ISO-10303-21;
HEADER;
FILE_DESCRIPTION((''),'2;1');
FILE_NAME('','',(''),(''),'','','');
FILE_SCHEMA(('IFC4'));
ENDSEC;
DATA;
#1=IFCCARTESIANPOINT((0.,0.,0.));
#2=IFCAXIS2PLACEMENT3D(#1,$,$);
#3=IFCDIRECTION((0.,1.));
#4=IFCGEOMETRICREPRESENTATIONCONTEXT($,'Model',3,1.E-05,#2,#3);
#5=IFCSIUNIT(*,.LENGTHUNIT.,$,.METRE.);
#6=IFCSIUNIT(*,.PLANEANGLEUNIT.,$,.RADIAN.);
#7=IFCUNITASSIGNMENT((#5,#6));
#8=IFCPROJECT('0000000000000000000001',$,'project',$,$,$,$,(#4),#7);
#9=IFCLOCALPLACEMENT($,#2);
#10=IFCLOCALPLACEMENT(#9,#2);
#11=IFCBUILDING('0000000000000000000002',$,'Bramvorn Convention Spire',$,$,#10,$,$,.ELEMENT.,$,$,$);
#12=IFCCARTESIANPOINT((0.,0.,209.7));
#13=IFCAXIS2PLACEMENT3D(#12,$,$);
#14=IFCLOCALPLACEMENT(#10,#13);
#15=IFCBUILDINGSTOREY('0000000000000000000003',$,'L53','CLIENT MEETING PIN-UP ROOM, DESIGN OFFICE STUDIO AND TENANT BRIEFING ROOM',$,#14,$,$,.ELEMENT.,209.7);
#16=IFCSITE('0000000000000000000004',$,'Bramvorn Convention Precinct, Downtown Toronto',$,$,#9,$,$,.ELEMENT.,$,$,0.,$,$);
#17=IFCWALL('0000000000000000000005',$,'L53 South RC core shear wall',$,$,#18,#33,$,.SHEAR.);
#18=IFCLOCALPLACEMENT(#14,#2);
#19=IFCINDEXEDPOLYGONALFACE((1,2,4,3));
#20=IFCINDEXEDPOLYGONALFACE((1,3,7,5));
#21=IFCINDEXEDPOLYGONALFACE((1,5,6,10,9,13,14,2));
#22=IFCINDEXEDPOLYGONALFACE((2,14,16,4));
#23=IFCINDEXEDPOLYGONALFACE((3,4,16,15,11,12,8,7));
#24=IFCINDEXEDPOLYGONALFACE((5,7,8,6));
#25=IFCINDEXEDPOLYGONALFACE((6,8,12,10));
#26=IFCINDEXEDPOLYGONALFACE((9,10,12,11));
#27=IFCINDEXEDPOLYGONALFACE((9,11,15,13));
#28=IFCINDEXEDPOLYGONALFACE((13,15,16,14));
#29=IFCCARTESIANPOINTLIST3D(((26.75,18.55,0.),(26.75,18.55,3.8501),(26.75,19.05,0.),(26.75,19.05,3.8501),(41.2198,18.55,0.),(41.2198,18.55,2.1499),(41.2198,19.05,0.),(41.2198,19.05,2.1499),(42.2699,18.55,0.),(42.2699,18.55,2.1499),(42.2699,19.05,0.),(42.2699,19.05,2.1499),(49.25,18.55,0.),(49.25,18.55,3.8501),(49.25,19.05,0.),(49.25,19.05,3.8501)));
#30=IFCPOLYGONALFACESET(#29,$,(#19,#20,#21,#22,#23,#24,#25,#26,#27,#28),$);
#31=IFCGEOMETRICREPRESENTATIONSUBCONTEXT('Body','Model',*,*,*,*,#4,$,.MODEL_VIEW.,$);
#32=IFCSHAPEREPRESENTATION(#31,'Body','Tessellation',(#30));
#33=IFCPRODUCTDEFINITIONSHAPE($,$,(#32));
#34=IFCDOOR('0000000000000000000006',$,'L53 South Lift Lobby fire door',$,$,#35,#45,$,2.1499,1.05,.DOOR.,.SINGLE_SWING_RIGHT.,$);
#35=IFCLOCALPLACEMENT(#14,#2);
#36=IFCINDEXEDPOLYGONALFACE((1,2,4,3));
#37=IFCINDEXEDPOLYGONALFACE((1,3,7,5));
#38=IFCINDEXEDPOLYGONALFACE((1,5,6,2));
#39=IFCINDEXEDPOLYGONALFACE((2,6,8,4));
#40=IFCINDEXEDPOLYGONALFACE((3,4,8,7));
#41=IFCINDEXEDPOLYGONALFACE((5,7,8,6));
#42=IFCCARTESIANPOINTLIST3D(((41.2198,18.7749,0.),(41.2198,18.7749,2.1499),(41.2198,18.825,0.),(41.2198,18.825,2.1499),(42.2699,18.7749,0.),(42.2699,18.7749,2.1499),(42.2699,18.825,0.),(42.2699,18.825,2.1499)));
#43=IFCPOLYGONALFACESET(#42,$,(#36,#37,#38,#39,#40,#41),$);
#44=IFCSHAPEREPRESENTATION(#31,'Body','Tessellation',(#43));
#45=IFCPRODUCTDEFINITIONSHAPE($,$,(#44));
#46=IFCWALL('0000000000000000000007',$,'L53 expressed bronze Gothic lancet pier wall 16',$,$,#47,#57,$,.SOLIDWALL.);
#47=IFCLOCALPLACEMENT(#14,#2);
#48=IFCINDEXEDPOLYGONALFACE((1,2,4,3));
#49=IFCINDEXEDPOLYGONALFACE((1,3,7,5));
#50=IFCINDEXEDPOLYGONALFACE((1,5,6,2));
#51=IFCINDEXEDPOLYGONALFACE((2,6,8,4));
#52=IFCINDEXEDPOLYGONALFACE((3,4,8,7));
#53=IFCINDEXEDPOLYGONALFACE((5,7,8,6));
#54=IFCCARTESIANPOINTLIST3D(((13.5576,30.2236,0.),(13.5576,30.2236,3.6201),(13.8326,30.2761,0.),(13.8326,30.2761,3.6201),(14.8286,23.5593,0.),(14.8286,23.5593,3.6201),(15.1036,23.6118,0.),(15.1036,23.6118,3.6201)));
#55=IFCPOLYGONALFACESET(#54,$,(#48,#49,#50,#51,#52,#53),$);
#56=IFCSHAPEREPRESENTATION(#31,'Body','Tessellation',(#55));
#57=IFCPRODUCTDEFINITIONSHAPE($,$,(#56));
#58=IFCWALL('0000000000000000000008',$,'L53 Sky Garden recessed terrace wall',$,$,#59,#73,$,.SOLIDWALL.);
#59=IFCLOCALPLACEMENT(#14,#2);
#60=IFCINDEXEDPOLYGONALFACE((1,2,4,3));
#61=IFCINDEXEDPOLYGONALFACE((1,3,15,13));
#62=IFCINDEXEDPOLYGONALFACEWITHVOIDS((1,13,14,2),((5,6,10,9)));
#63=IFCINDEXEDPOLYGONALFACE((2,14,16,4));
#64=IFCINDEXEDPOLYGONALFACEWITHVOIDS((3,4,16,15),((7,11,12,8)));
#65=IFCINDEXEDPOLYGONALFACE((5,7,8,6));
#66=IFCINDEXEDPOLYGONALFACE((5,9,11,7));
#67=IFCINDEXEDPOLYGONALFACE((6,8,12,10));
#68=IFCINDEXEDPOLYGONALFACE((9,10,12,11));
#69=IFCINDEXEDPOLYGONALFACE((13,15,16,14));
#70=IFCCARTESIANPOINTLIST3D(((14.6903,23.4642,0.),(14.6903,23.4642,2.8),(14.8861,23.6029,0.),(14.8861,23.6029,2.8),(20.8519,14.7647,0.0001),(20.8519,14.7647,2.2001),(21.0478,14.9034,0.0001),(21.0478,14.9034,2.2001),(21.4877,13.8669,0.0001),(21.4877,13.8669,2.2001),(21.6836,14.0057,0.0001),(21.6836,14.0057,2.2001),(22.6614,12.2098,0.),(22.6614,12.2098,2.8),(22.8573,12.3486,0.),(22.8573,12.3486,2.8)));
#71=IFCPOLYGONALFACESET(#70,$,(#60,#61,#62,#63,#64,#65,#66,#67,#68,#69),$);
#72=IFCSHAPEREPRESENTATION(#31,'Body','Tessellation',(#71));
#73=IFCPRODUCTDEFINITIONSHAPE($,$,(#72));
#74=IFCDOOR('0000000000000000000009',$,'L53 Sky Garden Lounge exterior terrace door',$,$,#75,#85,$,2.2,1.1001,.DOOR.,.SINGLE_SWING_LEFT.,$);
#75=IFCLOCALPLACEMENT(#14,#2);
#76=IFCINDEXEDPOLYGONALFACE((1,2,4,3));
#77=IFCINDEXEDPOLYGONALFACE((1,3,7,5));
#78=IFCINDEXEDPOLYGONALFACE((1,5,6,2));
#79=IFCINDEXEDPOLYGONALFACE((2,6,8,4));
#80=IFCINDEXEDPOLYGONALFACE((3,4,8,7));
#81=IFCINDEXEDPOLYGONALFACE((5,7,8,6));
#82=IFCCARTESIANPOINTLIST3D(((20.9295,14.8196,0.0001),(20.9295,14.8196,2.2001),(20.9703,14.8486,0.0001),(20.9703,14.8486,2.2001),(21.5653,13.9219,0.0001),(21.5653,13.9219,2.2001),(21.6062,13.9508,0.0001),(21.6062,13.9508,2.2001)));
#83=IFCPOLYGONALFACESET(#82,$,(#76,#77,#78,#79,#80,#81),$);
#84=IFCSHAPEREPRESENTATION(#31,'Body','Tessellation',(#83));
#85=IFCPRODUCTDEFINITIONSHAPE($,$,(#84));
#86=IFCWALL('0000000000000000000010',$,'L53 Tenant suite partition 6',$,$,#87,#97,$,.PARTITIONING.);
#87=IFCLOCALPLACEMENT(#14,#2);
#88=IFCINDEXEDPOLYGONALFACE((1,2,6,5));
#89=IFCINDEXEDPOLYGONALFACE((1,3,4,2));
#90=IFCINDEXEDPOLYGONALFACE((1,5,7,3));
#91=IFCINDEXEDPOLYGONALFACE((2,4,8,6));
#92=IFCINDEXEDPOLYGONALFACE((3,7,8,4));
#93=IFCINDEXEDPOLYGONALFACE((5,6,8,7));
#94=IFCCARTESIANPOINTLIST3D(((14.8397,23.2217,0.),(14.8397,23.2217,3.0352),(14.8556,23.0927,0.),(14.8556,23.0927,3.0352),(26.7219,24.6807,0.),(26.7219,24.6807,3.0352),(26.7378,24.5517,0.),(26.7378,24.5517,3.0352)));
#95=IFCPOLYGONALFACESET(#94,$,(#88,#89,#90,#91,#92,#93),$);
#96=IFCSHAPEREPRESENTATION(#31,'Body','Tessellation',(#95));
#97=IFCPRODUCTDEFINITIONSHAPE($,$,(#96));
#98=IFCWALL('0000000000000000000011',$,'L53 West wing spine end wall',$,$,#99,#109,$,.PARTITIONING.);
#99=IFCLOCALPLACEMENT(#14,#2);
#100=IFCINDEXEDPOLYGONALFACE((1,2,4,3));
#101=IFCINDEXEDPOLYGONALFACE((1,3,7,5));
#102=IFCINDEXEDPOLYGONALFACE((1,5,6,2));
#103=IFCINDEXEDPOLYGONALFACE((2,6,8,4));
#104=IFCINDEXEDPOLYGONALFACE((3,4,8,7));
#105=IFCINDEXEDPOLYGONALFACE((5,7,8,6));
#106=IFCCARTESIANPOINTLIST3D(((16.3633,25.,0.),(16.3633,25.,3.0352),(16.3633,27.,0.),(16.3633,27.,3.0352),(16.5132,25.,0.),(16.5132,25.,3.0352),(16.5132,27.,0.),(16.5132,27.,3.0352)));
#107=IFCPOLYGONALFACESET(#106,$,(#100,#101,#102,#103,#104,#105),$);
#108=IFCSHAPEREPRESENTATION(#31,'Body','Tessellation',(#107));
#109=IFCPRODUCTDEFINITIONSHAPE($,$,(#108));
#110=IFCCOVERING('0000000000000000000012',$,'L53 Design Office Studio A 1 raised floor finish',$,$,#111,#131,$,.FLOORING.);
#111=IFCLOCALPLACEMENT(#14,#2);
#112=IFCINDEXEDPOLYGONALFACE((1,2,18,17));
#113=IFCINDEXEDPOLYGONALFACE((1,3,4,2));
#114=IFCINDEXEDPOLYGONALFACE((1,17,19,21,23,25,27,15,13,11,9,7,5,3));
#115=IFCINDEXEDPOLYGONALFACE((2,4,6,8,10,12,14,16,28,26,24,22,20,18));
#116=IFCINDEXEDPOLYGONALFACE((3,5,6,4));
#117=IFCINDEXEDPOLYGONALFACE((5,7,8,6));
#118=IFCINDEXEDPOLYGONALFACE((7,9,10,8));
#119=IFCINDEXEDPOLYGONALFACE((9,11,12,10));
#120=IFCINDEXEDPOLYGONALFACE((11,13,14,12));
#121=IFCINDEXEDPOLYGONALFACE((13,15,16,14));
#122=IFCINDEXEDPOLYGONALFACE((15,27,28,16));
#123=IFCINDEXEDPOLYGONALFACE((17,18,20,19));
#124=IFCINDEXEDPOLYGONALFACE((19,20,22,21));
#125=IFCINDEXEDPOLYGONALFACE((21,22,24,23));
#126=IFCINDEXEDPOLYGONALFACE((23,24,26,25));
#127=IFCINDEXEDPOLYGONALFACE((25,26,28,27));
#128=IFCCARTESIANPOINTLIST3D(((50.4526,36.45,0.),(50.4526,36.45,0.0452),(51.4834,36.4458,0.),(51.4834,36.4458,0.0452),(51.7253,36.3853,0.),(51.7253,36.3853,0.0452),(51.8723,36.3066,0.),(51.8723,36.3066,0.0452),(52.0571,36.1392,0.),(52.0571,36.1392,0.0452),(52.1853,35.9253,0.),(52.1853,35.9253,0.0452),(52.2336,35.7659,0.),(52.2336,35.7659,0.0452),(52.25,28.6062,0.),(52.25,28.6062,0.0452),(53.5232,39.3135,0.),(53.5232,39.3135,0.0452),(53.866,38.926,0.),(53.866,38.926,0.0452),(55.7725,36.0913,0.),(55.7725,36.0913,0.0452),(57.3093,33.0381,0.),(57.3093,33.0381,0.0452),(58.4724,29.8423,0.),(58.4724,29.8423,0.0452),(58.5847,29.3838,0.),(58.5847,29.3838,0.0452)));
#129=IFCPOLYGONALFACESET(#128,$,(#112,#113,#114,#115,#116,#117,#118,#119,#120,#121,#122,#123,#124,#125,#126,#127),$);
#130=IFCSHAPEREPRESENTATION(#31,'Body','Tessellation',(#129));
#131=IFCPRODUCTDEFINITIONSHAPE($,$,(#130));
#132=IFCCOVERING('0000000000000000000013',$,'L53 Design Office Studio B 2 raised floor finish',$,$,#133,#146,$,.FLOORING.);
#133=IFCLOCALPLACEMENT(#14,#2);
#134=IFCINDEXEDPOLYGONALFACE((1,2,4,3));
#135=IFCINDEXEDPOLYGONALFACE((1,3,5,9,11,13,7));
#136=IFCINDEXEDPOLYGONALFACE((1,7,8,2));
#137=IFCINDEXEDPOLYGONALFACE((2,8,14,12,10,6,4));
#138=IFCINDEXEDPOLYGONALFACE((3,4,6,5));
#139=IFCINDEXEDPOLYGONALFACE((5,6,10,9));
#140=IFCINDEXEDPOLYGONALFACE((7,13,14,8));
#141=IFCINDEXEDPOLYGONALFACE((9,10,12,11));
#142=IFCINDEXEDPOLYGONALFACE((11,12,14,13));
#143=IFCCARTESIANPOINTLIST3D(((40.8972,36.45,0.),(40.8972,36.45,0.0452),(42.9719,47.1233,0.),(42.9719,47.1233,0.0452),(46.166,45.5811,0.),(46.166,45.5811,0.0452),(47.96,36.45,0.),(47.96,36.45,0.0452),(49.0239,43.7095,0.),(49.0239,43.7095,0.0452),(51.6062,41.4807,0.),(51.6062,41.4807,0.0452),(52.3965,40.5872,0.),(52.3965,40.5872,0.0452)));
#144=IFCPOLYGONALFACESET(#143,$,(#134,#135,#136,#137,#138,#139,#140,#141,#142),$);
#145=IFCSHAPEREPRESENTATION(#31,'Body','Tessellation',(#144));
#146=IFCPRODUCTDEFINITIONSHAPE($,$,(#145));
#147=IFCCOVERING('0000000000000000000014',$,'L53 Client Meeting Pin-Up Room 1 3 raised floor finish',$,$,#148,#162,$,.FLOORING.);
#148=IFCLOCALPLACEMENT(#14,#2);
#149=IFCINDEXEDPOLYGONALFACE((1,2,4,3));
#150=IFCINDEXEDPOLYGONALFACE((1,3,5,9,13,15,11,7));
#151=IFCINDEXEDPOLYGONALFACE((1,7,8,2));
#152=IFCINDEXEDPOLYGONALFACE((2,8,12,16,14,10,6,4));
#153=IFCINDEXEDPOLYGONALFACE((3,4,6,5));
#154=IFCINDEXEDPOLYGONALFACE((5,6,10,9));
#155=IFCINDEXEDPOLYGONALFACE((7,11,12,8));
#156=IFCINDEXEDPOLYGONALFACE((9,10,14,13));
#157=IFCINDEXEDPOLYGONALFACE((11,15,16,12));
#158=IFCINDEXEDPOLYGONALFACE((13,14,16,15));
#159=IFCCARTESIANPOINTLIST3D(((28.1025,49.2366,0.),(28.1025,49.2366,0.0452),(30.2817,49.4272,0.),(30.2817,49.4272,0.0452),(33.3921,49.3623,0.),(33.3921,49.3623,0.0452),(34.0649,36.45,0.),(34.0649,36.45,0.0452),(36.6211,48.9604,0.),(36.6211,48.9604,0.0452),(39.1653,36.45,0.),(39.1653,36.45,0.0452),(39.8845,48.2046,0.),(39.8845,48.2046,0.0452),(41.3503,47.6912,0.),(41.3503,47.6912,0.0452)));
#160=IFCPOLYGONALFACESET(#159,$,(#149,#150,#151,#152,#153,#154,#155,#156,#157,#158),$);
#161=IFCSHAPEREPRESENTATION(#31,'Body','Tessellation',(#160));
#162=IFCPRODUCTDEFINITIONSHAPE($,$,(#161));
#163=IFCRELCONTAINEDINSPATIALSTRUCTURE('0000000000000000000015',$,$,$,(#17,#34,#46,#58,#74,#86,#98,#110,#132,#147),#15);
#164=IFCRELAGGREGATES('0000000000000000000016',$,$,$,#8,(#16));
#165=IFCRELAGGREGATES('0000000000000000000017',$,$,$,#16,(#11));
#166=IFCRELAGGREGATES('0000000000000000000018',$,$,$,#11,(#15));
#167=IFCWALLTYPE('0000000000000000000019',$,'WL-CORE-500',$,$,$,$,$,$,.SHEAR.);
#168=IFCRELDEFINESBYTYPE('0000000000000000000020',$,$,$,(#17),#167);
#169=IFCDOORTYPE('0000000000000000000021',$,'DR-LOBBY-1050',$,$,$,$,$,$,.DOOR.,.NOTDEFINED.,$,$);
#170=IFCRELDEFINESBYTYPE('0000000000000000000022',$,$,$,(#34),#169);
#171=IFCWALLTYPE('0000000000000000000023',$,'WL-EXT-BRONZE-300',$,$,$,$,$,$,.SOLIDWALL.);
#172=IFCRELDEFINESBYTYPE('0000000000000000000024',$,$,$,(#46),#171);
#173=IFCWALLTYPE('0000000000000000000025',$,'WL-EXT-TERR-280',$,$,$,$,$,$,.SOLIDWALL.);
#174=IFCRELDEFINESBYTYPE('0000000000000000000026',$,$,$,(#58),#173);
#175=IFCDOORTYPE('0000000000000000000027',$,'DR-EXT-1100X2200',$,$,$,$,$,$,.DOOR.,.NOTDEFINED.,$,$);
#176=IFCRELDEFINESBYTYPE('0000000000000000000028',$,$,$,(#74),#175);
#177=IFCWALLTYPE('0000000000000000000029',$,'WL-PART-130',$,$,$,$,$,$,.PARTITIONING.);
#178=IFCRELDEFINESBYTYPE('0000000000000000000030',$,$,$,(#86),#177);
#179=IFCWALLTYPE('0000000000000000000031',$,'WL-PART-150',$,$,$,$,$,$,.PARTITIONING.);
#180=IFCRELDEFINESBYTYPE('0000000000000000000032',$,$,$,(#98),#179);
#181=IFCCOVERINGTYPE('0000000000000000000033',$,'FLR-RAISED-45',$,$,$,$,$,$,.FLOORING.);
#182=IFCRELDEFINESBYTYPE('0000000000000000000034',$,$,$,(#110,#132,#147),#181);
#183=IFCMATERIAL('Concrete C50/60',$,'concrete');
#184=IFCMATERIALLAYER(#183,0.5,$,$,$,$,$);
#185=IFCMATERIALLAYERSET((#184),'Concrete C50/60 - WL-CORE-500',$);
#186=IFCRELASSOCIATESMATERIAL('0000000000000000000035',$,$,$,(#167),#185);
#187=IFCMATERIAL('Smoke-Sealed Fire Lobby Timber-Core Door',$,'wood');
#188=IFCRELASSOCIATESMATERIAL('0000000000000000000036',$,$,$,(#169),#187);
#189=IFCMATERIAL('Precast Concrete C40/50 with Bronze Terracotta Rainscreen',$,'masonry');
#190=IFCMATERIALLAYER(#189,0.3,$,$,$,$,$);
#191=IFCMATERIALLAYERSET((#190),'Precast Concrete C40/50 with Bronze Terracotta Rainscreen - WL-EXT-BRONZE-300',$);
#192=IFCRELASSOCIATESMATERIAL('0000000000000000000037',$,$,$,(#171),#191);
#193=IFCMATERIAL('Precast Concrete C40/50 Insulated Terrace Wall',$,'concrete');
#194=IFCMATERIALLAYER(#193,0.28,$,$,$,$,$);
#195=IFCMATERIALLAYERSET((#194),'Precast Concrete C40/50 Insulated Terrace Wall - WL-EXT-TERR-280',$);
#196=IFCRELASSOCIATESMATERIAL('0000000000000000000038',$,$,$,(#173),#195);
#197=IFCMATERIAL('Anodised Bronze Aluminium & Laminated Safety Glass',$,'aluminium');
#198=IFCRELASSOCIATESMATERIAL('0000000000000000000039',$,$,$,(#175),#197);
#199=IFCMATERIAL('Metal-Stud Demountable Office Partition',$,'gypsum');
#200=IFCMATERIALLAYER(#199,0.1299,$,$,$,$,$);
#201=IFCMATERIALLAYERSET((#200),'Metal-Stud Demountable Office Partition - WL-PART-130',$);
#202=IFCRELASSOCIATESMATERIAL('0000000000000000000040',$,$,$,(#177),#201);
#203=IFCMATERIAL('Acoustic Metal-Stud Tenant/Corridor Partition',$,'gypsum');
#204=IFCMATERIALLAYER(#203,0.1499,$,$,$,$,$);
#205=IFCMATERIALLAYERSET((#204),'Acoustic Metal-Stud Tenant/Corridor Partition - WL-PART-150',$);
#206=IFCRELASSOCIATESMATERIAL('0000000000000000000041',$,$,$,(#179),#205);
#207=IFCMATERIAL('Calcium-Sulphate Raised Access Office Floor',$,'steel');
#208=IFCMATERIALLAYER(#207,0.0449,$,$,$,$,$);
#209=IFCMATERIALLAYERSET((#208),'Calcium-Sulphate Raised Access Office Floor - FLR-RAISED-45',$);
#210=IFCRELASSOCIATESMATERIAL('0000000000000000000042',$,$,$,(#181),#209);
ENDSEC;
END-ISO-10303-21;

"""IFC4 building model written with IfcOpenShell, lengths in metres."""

from ifc_helpers import new_model, si_unit, direction, frame, frame_2d, origin, place, context, subcontext, project, spatial, polyline, rectangle, outline, extrude, material, layer, layer_set, type_object, element, fill, save


model = new_model("IFC4")

# Units and contexts
model_context = context("Model", 3, precision=1e-05, world=origin(), true_north=direction((0.0, 1.0)))
body_context = subcontext(model_context, "Body", "Model", "MODEL_VIEW")
ifc_project = project(units=[si_unit("LENGTHUNIT", "METRE"), si_unit("PLANEANGLEUNIT", "RADIAN")], contexts=[model_context])

# Site, building, storey
site_placement = place(None, origin())
site = spatial("IfcSite", under=ifc_project, at=site_placement, Name="Bramvorn Convention Precinct, Downtown Toronto", CompositionType="ELEMENT", RefElevation=0.0)
building_placement = place(site_placement, origin())
building = spatial("IfcBuilding", under=site, at=building_placement, Name="Bramvorn Convention Spire", CompositionType="ELEMENT")
storey_placement = place(building_placement, frame((0.0, 0.0, 209.7)))
storey = spatial("IfcBuildingStorey", under=building, at=storey_placement, Name="L53", Description="CLIENT MEETING PIN-UP ROOM, DESIGN OFFICE STUDIO AND TENANT BRIEFING ROOM", CompositionType="ELEMENT", Elevation=209.7)

# Wall, opening, door
ifc_material_1 = material(Name="Concrete C50/60", Category="concrete")
ifc_layer_1 = layer(ifc_material_1, 0.5)
ifc_layer_set_1 = layer_set([ifc_layer_1], Name="Concrete C50/60 - WL-CORE-500")
wall_type_1 = type_object("IfcWallType", Name="WL-CORE-500", PredefinedType="SHEAR", material=ifc_layer_set_1)
wall_1_placement = place(storey_placement, frame((26.75, 18.8, 0.0), z_axis=(0.0, 0.0, 1.0), x_axis=(1.0, 0.0, 0.0)))
wall_1 = element("IfcWall", 1, at=wall_1_placement, inside=storey, type_object=wall_type_1, Name="L53 South RC core shear wall", PredefinedType="SHEAR", context=body_context, shape_type="SweptSolid", body=[
    extrude(rectangle(XDim=22.5, YDim=0.5, at=frame_2d((11.25, 0.0))), origin(), (0.0, 0.0, 1.0), 3.8501),
])
opening_1_placement = place(wall_1_placement, frame((14.47, 0.0, 0.0)))
opening_1 = element("IfcOpeningElement", 2, at=opening_1_placement, cuts=wall_1, PredefinedType="OPENING", context=body_context, shape_type="SweptSolid", body=[
    extrude(rectangle(XDim=1.05, YDim=2.1499, at=frame_2d((0.5249, 1.075))), frame((0.0, 0.26, 0.0), z_axis=(0.0, -1.0, 0.0), x_axis=(1.0, 0.0, 0.0)), (0.0, 0.0, 1.0), 0.52),
])
ifc_material_2 = material(Name="Smoke-Sealed Fire Lobby Timber-Core Door", Category="wood")
door_type_1 = type_object("IfcDoorType", Name="DR-LOBBY-1050", OperationType="NOTDEFINED", PredefinedType="DOOR", material=ifc_material_2)
door_1_placement = place(opening_1_placement, origin())
door_1 = element("IfcDoor", 3, at=door_1_placement, inside=storey, type_object=door_type_1, Name="L53 South Lift Lobby fire door", OperationType="SINGLE_SWING_RIGHT", OverallHeight=2.1499, OverallWidth=1.05, PredefinedType="DOOR", context=body_context, shape_type="SweptSolid", body=[
    extrude(rectangle(XDim=1.05, YDim=2.1499, at=frame_2d((0.5249, 1.075))), frame((0.0, 0.0249, 0.0), z_axis=(0.0, -1.0, 0.0), x_axis=(1.0, 0.0, 0.0)), (0.0, 0.0, 1.0), 0.05),
])
fill(opening_1, door_1)

# Wall
ifc_material_3 = material(Name="Precast Concrete C40/50 with Bronze Terracotta Rainscreen", Category="masonry")
ifc_layer_2 = layer(ifc_material_3, 0.3)
ifc_layer_set_2 = layer_set([ifc_layer_2], Name="Precast Concrete C40/50 with Bronze Terracotta Rainscreen - WL-EXT-BRONZE-300")
wall_type_2 = type_object("IfcWallType", Name="WL-EXT-BRONZE-300", PredefinedType="SOLIDWALL", material=ifc_layer_set_2)
wall_2_placement = place(storey_placement, frame((14.9661, 23.5857, 0.0), z_axis=(0.0, 0.0, 1.0), x_axis=(-0.18734, 0.982295, 0.0)))
element("IfcWall", 4, at=wall_2_placement, inside=storey, type_object=wall_type_2, Name="L53 expressed bronze Gothic lancet pier wall 16", PredefinedType="SOLIDWALL", context=body_context, shape_type="SweptSolid", body=[
    extrude(rectangle(XDim=6.7844, YDim=0.28, at=frame_2d((3.3921, 0.0))), origin(), (0.0, 0.0, 1.0), 3.6201),
])

# Wall, opening, door
ifc_material_4 = material(Name="Precast Concrete C40/50 Insulated Terrace Wall", Category="concrete")
ifc_layer_3 = layer(ifc_material_4, 0.28)
ifc_layer_set_3 = layer_set([ifc_layer_3], Name="Precast Concrete C40/50 Insulated Terrace Wall - WL-EXT-TERR-280")
wall_type_3 = type_object("IfcWallType", Name="WL-EXT-TERR-280", PredefinedType="SOLIDWALL", material=ifc_layer_set_3)
wall_3_placement = place(storey_placement, frame((22.7593, 12.2793, 0.0), z_axis=(0.0, 0.0, 1.0), x_axis=(-0.577985, 0.816047, 0.0)))
wall_3 = element("IfcWall", 5, at=wall_3_placement, inside=storey, type_object=wall_type_3, Name="L53 Sky Garden recessed terrace wall", PredefinedType="SOLIDWALL", context=body_context, shape_type="SweptSolid", body=[
    extrude(rectangle(XDim=13.7913, YDim=0.24, at=frame_2d((6.8955, 0.0))), origin(), (0.0, 0.0, 1.0), 2.8),
])
opening_2_placement = place(wall_3_placement, frame((2.0305, 0.0, 0.0)))
opening_2 = element("IfcOpeningElement", 6, at=opening_2_placement, cuts=wall_3, PredefinedType="OPENING", context=body_context, shape_type="SweptSolid", body=[
    extrude(rectangle(XDim=1.1001, YDim=2.2, at=frame_2d((0.55, 1.1001))), frame((0.0, 0.1299, 0.0), z_axis=(0.0, -1.0, 0.0), x_axis=(1.0, 0.0, 0.0)), (0.0, 0.0, 1.0), 0.26),
])
ifc_material_5 = material(Name="Anodised Bronze Aluminium & Laminated Safety Glass", Category="aluminium")
door_type_2 = type_object("IfcDoorType", Name="DR-EXT-1100X2200", OperationType="NOTDEFINED", PredefinedType="DOOR", material=ifc_material_5)
door_2_placement = place(opening_2_placement, origin())
door_2 = element("IfcDoor", 7, at=door_2_placement, inside=storey, type_object=door_type_2, Name="L53 Sky Garden Lounge exterior terrace door", OperationType="SINGLE_SWING_LEFT", OverallHeight=2.2, OverallWidth=1.1001, PredefinedType="DOOR", context=body_context, shape_type="SweptSolid", body=[
    extrude(rectangle(XDim=1.1001, YDim=2.2, at=frame_2d((0.55, 1.1001))), frame((0.0, 0.0249, 0.0), z_axis=(0.0, -1.0, 0.0), x_axis=(1.0, 0.0, 0.0)), (0.0, 0.0, 1.0), 0.05),
])
fill(opening_2, door_2)

# Walls
ifc_material_6 = material(Name="Metal-Stud Demountable Office Partition", Category="gypsum")
ifc_layer_4 = layer(ifc_material_6, 0.1299)
ifc_layer_set_4 = layer_set([ifc_layer_4], Name="Metal-Stud Demountable Office Partition - WL-PART-130")
wall_type_4 = type_object("IfcWallType", Name="WL-PART-130", PredefinedType="PARTITIONING", material=ifc_layer_set_4)
wall_4_placement = place(storey_placement, frame((26.73, 24.6162, 0.0), z_axis=(0.0, 0.0, 1.0), x_axis=(-0.992546, -0.121873, 0.0)))
element("IfcWall", 8, at=wall_4_placement, inside=storey, type_object=wall_type_4, Name="L53 Tenant suite partition 6", PredefinedType="PARTITIONING", context=body_context, shape_type="SweptSolid", body=[
    extrude(rectangle(XDim=11.9714, YDim=0.1299, at=frame_2d((5.9858, 0.0))), origin(), (0.0, 0.0, 1.0), 3.0352),
])
ifc_material_7 = material(Name="Acoustic Metal-Stud Tenant/Corridor Partition", Category="gypsum")
ifc_layer_5 = layer(ifc_material_7, 0.1499)
ifc_layer_set_5 = layer_set([ifc_layer_5], Name="Acoustic Metal-Stud Tenant/Corridor Partition - WL-PART-150")
wall_type_5 = type_object("IfcWallType", Name="WL-PART-150", PredefinedType="PARTITIONING", material=ifc_layer_set_5)
wall_5_placement = place(storey_placement, frame((16.4382, 25.0, 0.0), z_axis=(0.0, 0.0, 1.0), x_axis=(0.0, 1.0, 0.0)))
element("IfcWall", 9, at=wall_5_placement, inside=storey, type_object=wall_type_5, Name="L53 West wing spine end wall", PredefinedType="PARTITIONING", context=body_context, shape_type="SweptSolid", body=[
    extrude(rectangle(XDim=2.0, YDim=0.1499, at=frame_2d((1.0, 0.0))), origin(), (0.0, 0.0, 1.0), 3.0352),
])

# Coverings
ifc_material_8 = material(Name="Calcium-Sulphate Raised Access Office Floor", Category="steel")
ifc_layer_6 = layer(ifc_material_8, 0.0449)
ifc_layer_set_6 = layer_set([ifc_layer_6], Name="Calcium-Sulphate Raised Access Office Floor - FLR-RAISED-45")
covering_type = type_object("IfcCoveringType", Name="FLR-RAISED-45", PredefinedType="FLOORING", material=ifc_layer_set_6)
covering_1_placement = place(storey_placement, origin())
element("IfcCovering", 10, at=covering_1_placement, inside=storey, type_object=covering_type, Name="L53 Design Office Studio A 1 raised floor finish", PredefinedType="FLOORING", context=body_context, shape_type="SweptSolid", body=[
    extrude(outline(polyline([(53.866, 38.926), (53.5232, 39.3135), (50.4526, 36.45), (51.4834, 36.4458), (51.7253, 36.3853), (51.8723, 36.3066), (52.0571, 36.1392), (52.1853, 35.9253), (52.2336, 35.7659), (52.25, 28.6062), (58.5847, 29.3838), (58.4724, 29.8423), (57.3093, 33.0381), (55.7725, 36.0913), (53.866, 38.926)])), origin(), (0.0, 0.0, 1.0), 0.0452),
])
covering_2_placement = place(storey_placement, origin())
element("IfcCovering", 11, at=covering_2_placement, inside=storey, type_object=covering_type, Name="L53 Design Office Studio B 2 raised floor finish", PredefinedType="FLOORING", context=body_context, shape_type="SweptSolid", body=[
    extrude(outline(polyline([(42.9719, 47.1233), (40.8972, 36.45), (47.96, 36.45), (52.3965, 40.5872), (51.6062, 41.4807), (49.0239, 43.7095), (46.166, 45.5811), (42.9719, 47.1233)])), origin(), (0.0, 0.0, 1.0), 0.0452),
])
covering_3_placement = place(storey_placement, origin())
element("IfcCovering", 12, at=covering_3_placement, inside=storey, type_object=covering_type, Name="L53 Client Meeting Pin-Up Room 1 3 raised floor finish", PredefinedType="FLOORING", context=body_context, shape_type="SweptSolid", body=[
    extrude(outline(polyline([(34.0649, 36.45), (39.1653, 36.45), (41.3503, 47.6912), (39.8845, 48.2046), (36.6211, 48.9604), (33.3921, 49.3623), (30.2817, 49.4272), (28.1025, 49.2366), (34.0649, 36.45)])), origin(), (0.0, 0.0, 1.0), 0.0452),
])

save(model, "model.ifc")
